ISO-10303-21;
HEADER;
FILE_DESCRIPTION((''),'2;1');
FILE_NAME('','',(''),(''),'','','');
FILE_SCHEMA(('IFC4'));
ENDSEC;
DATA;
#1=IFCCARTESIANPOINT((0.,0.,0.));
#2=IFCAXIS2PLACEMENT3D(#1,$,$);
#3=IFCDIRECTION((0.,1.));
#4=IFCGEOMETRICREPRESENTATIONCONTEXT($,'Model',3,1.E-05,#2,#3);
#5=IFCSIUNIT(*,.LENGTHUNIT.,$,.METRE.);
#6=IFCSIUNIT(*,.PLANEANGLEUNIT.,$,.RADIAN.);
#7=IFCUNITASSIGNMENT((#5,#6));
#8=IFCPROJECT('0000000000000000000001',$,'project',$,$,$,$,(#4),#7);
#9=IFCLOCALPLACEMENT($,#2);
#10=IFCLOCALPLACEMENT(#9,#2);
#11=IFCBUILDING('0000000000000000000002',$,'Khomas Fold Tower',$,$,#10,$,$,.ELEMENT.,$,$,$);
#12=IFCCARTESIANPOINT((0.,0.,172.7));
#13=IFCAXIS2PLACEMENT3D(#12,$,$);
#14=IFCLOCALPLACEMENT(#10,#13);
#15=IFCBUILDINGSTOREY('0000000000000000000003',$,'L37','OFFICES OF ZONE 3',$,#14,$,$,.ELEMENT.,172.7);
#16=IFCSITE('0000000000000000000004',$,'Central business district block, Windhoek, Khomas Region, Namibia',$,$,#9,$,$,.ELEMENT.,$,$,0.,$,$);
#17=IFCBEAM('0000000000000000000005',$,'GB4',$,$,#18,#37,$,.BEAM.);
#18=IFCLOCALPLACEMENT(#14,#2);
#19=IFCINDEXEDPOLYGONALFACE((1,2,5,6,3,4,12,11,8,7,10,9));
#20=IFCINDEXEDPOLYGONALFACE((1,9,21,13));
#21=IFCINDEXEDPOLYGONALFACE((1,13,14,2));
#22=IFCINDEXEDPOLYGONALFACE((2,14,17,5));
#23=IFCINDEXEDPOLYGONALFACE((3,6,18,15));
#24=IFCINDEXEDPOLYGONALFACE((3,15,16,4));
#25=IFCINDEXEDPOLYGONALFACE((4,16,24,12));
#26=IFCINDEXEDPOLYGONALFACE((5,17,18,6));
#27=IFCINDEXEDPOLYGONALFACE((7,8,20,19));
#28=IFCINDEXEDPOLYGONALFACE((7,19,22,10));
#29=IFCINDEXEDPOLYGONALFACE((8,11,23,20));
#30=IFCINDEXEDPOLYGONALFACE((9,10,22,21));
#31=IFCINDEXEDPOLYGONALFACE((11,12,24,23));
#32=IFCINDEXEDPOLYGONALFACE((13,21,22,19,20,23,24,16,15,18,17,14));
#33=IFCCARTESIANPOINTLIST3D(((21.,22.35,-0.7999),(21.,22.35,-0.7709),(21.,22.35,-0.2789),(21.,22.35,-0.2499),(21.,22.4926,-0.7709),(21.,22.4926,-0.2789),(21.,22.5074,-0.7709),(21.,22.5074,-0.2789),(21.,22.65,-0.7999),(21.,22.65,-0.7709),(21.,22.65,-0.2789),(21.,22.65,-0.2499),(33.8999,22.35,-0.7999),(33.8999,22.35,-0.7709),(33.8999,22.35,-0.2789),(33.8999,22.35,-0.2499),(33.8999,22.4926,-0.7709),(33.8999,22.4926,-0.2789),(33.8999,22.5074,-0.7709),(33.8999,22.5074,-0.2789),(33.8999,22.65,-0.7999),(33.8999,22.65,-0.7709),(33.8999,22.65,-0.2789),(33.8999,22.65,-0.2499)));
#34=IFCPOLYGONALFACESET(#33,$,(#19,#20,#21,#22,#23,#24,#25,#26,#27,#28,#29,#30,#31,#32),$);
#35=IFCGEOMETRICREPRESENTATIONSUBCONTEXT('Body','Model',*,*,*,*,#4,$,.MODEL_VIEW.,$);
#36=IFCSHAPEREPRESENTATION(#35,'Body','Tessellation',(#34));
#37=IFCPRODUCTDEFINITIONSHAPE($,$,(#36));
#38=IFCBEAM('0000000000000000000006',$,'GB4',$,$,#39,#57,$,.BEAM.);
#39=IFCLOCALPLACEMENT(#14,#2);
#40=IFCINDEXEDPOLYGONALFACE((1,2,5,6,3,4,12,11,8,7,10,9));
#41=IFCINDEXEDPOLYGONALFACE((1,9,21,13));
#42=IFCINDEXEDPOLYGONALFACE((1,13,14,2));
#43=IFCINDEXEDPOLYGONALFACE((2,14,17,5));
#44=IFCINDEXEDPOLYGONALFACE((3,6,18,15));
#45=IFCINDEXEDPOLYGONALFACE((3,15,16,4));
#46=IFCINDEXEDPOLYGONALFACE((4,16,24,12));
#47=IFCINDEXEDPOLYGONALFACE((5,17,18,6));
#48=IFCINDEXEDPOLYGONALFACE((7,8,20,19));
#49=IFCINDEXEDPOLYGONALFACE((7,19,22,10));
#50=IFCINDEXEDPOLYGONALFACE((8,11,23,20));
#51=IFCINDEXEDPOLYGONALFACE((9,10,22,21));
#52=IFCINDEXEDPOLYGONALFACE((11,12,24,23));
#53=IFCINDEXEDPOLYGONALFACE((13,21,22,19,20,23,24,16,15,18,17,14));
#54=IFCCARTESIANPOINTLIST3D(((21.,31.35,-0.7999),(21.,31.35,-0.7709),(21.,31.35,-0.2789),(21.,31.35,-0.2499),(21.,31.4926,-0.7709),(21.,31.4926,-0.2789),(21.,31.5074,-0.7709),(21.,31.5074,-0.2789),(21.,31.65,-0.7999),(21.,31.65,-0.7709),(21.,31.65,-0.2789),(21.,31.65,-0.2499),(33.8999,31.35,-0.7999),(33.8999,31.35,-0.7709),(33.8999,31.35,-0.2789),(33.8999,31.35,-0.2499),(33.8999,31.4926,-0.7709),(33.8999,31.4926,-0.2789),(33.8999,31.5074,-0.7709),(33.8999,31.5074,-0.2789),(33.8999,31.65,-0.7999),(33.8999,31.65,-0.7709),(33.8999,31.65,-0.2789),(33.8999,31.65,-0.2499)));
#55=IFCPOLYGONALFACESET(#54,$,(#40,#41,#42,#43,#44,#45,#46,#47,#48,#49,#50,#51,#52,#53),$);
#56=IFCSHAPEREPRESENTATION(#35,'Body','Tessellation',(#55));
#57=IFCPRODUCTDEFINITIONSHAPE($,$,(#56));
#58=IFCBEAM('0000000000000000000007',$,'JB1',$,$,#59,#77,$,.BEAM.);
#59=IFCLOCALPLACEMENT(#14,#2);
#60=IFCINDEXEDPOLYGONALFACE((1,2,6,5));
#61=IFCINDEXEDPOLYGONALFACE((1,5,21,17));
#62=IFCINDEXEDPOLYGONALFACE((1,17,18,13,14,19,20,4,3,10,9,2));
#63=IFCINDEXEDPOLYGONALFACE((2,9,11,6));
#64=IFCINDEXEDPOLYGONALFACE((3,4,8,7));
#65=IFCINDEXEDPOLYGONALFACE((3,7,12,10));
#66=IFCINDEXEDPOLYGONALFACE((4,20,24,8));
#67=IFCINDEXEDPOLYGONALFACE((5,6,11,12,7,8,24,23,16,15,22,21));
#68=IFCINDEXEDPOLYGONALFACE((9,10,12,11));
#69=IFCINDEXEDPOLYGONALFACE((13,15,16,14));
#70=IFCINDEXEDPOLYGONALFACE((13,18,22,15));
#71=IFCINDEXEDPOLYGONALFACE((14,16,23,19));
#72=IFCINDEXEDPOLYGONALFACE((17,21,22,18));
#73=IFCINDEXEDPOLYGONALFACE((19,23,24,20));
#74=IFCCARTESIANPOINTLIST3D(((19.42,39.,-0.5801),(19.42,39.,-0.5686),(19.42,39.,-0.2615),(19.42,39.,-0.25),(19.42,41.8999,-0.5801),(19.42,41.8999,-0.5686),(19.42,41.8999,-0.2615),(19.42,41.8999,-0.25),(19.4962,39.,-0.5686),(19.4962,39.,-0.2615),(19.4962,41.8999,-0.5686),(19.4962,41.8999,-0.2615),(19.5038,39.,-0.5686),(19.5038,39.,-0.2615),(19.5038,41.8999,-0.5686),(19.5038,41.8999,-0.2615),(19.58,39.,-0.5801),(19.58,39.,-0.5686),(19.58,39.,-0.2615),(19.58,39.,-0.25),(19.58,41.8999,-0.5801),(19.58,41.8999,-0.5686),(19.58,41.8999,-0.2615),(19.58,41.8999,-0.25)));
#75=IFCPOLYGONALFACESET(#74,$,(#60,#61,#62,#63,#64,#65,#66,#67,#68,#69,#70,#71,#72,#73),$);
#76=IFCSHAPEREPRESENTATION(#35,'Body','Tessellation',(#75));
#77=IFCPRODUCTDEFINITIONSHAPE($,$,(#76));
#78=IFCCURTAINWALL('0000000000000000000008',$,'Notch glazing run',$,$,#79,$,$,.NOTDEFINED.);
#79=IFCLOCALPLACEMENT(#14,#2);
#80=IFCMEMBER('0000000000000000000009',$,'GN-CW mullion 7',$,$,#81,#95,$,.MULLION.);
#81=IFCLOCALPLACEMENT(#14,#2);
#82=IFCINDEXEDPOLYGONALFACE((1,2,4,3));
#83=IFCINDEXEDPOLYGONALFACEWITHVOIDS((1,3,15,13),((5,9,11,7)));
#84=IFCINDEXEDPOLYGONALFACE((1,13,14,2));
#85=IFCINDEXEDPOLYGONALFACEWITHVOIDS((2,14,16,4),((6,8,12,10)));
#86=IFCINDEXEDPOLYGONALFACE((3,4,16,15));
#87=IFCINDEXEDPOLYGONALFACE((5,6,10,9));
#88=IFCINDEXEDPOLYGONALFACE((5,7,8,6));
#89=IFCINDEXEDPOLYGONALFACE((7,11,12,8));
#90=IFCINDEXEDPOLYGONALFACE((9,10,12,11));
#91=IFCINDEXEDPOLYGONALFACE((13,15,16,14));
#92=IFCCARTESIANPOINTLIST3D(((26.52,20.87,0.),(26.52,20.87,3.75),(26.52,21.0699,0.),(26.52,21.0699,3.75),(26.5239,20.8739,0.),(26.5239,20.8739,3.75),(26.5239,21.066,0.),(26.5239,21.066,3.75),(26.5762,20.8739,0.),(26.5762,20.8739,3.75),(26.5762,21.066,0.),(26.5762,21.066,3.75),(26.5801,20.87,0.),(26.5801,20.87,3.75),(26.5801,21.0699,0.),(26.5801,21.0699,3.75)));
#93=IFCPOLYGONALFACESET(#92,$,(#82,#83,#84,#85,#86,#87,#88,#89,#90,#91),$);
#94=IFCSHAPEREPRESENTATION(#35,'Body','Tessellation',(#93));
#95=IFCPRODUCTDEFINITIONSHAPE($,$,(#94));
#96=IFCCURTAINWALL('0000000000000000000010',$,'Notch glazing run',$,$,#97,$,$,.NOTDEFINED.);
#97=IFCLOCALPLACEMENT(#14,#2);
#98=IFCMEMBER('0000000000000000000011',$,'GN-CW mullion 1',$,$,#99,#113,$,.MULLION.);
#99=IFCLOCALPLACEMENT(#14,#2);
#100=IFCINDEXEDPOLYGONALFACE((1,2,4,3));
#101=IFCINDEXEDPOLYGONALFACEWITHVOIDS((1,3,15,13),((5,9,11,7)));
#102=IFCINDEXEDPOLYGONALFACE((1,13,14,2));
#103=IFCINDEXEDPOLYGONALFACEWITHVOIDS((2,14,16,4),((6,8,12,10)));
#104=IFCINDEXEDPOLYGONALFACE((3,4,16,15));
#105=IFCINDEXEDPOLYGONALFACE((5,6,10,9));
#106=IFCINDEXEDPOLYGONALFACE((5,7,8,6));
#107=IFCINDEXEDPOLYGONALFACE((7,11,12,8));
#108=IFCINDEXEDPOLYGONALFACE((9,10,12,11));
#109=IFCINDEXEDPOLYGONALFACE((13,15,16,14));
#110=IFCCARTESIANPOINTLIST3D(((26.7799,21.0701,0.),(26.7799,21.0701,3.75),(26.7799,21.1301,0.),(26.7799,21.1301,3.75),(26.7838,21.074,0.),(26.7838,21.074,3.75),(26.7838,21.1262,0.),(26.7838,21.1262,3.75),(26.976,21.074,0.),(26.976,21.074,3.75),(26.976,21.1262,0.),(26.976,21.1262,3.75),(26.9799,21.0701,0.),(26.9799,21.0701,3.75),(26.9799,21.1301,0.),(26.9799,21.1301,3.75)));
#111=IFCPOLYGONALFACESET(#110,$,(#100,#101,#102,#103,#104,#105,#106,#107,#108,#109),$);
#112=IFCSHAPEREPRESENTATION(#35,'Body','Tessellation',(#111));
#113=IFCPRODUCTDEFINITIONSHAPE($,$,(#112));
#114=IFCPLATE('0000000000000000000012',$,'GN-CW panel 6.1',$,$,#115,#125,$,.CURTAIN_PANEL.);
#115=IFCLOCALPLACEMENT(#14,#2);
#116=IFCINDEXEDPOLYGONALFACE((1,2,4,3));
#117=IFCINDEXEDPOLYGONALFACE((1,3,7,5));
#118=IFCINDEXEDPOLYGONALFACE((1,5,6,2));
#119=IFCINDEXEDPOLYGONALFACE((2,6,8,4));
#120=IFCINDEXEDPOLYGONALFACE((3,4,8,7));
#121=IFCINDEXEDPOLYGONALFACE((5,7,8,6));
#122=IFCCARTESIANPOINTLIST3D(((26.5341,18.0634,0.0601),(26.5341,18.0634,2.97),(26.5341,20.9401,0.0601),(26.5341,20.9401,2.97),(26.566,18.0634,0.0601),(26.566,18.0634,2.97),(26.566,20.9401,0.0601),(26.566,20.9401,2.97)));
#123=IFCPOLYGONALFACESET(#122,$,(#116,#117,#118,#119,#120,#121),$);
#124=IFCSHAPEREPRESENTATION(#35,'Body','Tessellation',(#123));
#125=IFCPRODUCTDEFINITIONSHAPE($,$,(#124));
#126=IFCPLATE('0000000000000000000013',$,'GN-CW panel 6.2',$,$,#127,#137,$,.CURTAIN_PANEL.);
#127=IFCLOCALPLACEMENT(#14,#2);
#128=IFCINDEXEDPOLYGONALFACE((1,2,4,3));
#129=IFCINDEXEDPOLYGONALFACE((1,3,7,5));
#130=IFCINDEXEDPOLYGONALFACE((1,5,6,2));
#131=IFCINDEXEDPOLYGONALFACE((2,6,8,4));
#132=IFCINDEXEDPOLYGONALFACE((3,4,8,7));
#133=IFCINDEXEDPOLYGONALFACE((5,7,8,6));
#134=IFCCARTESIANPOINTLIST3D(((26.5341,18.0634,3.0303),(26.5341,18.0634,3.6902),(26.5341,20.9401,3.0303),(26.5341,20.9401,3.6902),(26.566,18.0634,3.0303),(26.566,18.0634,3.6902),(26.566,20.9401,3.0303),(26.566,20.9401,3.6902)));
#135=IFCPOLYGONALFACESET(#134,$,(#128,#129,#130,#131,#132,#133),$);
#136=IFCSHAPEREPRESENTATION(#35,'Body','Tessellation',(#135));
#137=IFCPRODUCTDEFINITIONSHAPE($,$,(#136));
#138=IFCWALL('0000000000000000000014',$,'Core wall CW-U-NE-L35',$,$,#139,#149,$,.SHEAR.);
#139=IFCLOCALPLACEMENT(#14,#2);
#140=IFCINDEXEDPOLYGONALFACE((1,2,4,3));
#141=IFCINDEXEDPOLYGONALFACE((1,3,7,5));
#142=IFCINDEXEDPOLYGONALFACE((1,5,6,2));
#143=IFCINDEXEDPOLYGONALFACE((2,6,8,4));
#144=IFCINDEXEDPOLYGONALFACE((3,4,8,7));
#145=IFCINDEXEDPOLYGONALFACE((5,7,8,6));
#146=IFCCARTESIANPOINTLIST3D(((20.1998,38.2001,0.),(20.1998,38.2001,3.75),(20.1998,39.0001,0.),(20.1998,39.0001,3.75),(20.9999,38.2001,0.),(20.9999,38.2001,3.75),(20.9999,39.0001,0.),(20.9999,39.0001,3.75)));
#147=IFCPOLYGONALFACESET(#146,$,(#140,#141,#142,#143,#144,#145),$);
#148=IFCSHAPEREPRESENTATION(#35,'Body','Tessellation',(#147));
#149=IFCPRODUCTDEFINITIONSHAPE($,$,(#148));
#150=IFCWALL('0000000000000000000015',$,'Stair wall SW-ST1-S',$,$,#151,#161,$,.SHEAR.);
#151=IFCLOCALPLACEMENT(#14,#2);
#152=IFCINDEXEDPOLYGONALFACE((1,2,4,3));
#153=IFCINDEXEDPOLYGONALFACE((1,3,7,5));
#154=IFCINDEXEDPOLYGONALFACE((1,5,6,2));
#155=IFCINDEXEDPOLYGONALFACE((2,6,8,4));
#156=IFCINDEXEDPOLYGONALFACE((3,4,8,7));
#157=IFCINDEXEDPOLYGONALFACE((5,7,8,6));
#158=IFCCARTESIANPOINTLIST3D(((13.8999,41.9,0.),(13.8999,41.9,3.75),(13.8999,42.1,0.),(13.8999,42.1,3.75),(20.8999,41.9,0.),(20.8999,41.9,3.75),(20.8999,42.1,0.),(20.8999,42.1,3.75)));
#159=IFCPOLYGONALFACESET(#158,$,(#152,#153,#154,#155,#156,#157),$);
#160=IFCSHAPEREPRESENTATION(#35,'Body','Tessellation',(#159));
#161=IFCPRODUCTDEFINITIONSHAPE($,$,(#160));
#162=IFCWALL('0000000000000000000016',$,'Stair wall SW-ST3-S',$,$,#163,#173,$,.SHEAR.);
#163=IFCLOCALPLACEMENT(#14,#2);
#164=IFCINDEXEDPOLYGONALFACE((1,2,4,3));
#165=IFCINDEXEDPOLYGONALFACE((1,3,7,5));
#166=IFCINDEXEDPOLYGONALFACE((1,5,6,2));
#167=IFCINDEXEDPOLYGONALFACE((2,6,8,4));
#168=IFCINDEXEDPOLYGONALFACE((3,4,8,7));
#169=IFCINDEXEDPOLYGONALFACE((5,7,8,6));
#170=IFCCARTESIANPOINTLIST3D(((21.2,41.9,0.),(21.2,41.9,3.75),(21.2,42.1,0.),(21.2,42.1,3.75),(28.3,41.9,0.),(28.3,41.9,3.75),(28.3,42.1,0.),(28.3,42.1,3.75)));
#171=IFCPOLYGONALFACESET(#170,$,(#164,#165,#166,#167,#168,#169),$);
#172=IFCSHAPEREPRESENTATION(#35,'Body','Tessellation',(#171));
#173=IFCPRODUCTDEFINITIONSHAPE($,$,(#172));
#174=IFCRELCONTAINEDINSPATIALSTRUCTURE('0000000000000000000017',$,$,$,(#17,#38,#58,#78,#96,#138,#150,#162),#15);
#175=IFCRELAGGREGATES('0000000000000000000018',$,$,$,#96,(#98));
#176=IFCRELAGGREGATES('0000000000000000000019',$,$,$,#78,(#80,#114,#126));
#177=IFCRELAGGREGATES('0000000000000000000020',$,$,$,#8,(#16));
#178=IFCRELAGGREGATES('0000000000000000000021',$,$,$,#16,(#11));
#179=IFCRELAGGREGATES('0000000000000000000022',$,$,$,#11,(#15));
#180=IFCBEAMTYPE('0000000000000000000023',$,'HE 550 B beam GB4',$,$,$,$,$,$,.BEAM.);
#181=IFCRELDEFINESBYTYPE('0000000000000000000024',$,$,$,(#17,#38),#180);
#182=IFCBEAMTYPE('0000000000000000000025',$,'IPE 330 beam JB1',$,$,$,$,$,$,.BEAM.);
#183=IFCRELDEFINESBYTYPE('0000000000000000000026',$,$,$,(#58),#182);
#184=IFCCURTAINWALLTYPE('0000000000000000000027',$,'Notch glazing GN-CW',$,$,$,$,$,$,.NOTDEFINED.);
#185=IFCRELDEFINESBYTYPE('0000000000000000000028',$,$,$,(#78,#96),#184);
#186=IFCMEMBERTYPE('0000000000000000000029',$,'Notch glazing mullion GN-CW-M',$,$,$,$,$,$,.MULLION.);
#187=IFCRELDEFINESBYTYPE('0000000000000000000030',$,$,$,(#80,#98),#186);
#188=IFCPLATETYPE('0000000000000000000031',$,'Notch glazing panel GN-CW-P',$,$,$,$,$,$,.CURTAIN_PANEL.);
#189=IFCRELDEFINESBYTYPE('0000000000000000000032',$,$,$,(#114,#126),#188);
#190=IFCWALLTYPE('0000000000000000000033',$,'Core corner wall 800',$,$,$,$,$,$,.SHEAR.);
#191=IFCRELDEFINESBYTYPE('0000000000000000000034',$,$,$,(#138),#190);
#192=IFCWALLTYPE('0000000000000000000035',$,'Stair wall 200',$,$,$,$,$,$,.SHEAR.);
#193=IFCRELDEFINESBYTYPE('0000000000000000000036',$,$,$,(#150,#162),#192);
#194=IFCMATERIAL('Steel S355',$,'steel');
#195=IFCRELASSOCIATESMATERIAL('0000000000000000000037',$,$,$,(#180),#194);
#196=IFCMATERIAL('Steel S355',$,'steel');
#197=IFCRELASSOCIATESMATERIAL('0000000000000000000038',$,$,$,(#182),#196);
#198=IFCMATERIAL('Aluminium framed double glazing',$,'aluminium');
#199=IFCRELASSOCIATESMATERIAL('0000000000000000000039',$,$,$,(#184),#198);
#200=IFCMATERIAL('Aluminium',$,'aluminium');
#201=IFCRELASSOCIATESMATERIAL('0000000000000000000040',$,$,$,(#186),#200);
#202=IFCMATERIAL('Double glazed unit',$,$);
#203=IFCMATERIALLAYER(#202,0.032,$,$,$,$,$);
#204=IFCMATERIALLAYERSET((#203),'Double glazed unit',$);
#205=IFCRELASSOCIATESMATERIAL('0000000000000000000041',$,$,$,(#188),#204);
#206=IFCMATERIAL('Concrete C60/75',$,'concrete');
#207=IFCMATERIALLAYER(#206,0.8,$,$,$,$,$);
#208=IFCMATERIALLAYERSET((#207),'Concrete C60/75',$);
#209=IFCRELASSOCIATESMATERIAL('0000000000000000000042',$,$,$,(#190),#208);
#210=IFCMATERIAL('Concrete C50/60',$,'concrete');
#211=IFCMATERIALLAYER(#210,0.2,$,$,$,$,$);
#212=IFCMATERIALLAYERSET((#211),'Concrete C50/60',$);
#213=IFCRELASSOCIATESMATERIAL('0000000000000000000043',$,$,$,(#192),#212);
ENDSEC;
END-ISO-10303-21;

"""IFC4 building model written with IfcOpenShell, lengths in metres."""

from ifc_helpers import new_model, si_unit, direction, frame, frame_2d, origin, origin_2d, place, context, subcontext, project, spatial, rectangle, hollow_rectangle, i_section, extrude, source, transform, mapped, material, layer, layer_set, material_profile, profile_set, type_object, element, aggregate, save


model = new_model("IFC4")

# Units and contexts
model_context = context("Model", 3, precision=1e-05, world=origin(), true_north=direction((0.0, 1.0)))
body_context = subcontext(model_context, "Body", "Model", "MODEL_VIEW")
ifc_project = project(units=[si_unit("LENGTHUNIT", "METRE"), si_unit("PLANEANGLEUNIT", "RADIAN")], contexts=[model_context])

# Site, building, storey
site_placement = place(None, origin())
site = spatial("IfcSite", under=ifc_project, at=site_placement, Name="Central business district block, Windhoek, Khomas Region, Namibia", CompositionType="ELEMENT", RefElevation=0.0)
building_placement = place(site_placement, origin())
building = spatial("IfcBuilding", under=site, at=building_placement, Name="Khomas Fold Tower", CompositionType="ELEMENT")
storey_placement = place(building_placement, frame((0.0, 0.0, 172.7)))
storey = spatial("IfcBuildingStorey", under=building, at=storey_placement, Name="L37", Description="OFFICES OF ZONE 3", CompositionType="ELEMENT", Elevation=172.7)

# Beams
ifc_material_1 = material(Name="Steel S355", Category="steel")
ifc_material_profile_1 = material_profile(ifc_material_1, i_section(OverallWidth=0.3, OverallDepth=0.55, WebThickness=0.0149, FlangeThickness=0.0291, at=origin_2d()), Name="HE 550 B")
ifc_profile_set_1 = profile_set([ifc_material_profile_1], Name="Steel S355")
beam_type_1 = type_object("IfcBeamType", Name="HE 550 B beam GB4", PredefinedType="BEAM", material=ifc_profile_set_1)
shared_shape_1 = source(origin(), body_context, "Body", "SweptSolid", [
    extrude(i_section(OverallWidth=0.3, OverallDepth=0.55, WebThickness=0.0149, FlangeThickness=0.0291, at=origin_2d()), origin(), (0.0, 0.0, 1.0), 12.8999),
])
for number, where, z_axis, x_axis, name in (
    (1, (21.0, 22.5, -0.5249), (1.0, 0.0, 0.0), (0.0, 1.0, 0.0), "GB4"),
    (2, (21.0, 31.5, -0.5249), (1.0, 0.0, 0.0), (0.0, 1.0, 0.0), "GB4"),
):
    element("IfcBeam", number, at=place(storey_placement, frame(where, z_axis=z_axis, x_axis=x_axis)), inside=storey, type_object=beam_type_1, Name=name, PredefinedType="BEAM", context=body_context, shape_type="MappedRepresentation", body=[
        mapped(shared_shape_1, transform((0.0, 0.0, 0.0))),
    ])
ifc_material_2 = material(Name="Steel S355", Category="steel")
ifc_material_profile_2 = material_profile(ifc_material_2, i_section(OverallWidth=0.1599, OverallDepth=0.3301, WebThickness=0.0076, FlangeThickness=0.0115, at=origin_2d()), Name="IPE 330")
ifc_profile_set_2 = profile_set([ifc_material_profile_2], Name="Steel S355")
beam_type_2 = type_object("IfcBeamType", Name="IPE 330 beam JB1", PredefinedType="BEAM", material=ifc_profile_set_2)
shared_shape_2 = source(origin(), body_context, "Body", "SweptSolid", [
    extrude(i_section(OverallWidth=0.1599, OverallDepth=0.3301, WebThickness=0.0076, FlangeThickness=0.0115, at=origin_2d()), origin(), (0.0, 0.0, 1.0), 2.8999),
])
beam_placement = place(storey_placement, frame((19.5, 39.0, -0.415), z_axis=(0.0, 1.0, 0.0), x_axis=(-1.0, 0.0, 0.0)))
element("IfcBeam", 3, at=beam_placement, inside=storey, type_object=beam_type_2, Name="JB1", PredefinedType="BEAM", context=body_context, shape_type="MappedRepresentation", body=[
    mapped(shared_shape_2, transform((0.0, 0.0, 0.0))),
])

# Curtain walls, members
ifc_material_3 = material(Name="Aluminium framed double glazing", Category="aluminium")
curtain_wall_type = type_object("IfcCurtainWallType", Name="Notch glazing GN-CW", PredefinedType="NOTDEFINED", material=ifc_material_3)
curtain_wall_1_placement = place(storey_placement, origin())
curtain_wall_1 = element("IfcCurtainWall", 4, at=curtain_wall_1_placement, inside=storey, type_object=curtain_wall_type, Name="Notch glazing run", PredefinedType="NOTDEFINED")
ifc_material_4 = material(Name="Aluminium", Category="aluminium")
ifc_material_profile_3 = material_profile(ifc_material_4, hollow_rectangle(XDim=0.0601, YDim=0.2, WallThickness=0.0039, at=origin_2d()), Name="Notch glazing mullion GN-CW-M")
ifc_profile_set_3 = profile_set([ifc_material_profile_3], Name="Aluminium")
member_type = type_object("IfcMemberType", Name="Notch glazing mullion GN-CW-M", PredefinedType="MULLION", material=ifc_profile_set_3)
shared_shape_3 = source(origin(), body_context, "Body", "SweptSolid", [
    extrude(hollow_rectangle(XDim=0.0601, YDim=0.2, WallThickness=0.0039, at=origin_2d()), origin(), (0.0, 0.0, 1.0), 3.75),
])
member_1_placement = place(storey_placement, frame((26.55, 20.97, 0.0), z_axis=(0.0, 0.0, 1.0), x_axis=(-1.0, 0.0, 0.0)))
member_1 = element("IfcMember", 5, at=member_1_placement, type_object=member_type, Name="GN-CW mullion 7", PredefinedType="MULLION", context=body_context, shape_type="MappedRepresentation", body=[
    mapped(shared_shape_3, transform((0.0, 0.0, 0.0))),
])
curtain_wall_2_placement = place(storey_placement, origin())
curtain_wall_2 = element("IfcCurtainWall", 6, at=curtain_wall_2_placement, inside=storey, type_object=curtain_wall_type, Name="Notch glazing run", PredefinedType="NOTDEFINED")
member_2_placement = place(storey_placement, frame((26.8799, 21.1001, 0.0), z_axis=(0.0, 0.0, 1.0), x_axis=(0.0, 1.0, 0.0)))
member_2 = element("IfcMember", 7, at=member_2_placement, type_object=member_type, Name="GN-CW mullion 1", PredefinedType="MULLION", context=body_context, shape_type="MappedRepresentation", body=[
    mapped(shared_shape_3, transform((0.0, 0.0, 0.0))),
])
aggregate(curtain_wall_2, [member_2])

# Plates
ifc_material_5 = material(Name="Double glazed unit")
ifc_layer_1 = layer(ifc_material_5, 0.032)
ifc_layer_set_1 = layer_set([ifc_layer_1], Name="Double glazed unit")
plate_type = type_object("IfcPlateType", Name="Notch glazing panel GN-CW-P", PredefinedType="CURTAIN_PANEL", material=ifc_layer_set_1)
shared_shape_4 = source(origin(), body_context, "Body", "SweptSolid", [
    extrude(rectangle(XDim=2.8767, YDim=0.032, at=origin_2d()), origin(), (0.0, 0.0, 1.0), 2.9099),
])
plate_1_placement = place(storey_placement, frame((26.55, 19.5017, 0.0601), z_axis=(0.0, 0.0, 1.0), x_axis=(0.0, 1.0, 0.0)))
plate_1 = element("IfcPlate", 8, at=plate_1_placement, type_object=plate_type, Name="GN-CW panel 6.1", PredefinedType="CURTAIN_PANEL", context=body_context, shape_type="MappedRepresentation", body=[
    mapped(shared_shape_4, transform((0.0, 0.0, 0.0))),
])
shared_shape_5 = source(origin(), body_context, "Body", "SweptSolid", [
    extrude(rectangle(XDim=2.8767, YDim=0.032, at=origin_2d()), origin(), (0.0, 0.0, 1.0), 0.6599),
])
plate_2_placement = place(storey_placement, frame((26.55, 19.5017, 3.0303), z_axis=(0.0, 0.0, 1.0), x_axis=(0.0, 1.0, 0.0)))
plate_2 = element("IfcPlate", 9, at=plate_2_placement, type_object=plate_type, Name="GN-CW panel 6.2", PredefinedType="CURTAIN_PANEL", context=body_context, shape_type="MappedRepresentation", body=[
    mapped(shared_shape_5, transform((0.0, 0.0, 0.0))),
])
aggregate(curtain_wall_1, [member_1, plate_1, plate_2])

# Walls
ifc_material_6 = material(Name="Concrete C60/75", Category="concrete")
ifc_layer_2 = layer(ifc_material_6, 0.8)
ifc_layer_set_2 = layer_set([ifc_layer_2], Name="Concrete C60/75")
wall_type_1 = type_object("IfcWallType", Name="Core corner wall 800", PredefinedType="SHEAR", material=ifc_layer_set_2)
shared_shape_6 = source(origin(), body_context, "Body", "SweptSolid", [
    extrude(rectangle(XDim=0.8, YDim=0.8, at=frame_2d((0.3999, 0.0))), origin(), (0.0, 0.0, 1.0), 3.75),
])
wall_1_placement = place(storey_placement, frame((20.2, 38.6001, 0.0), z_axis=(0.0, 0.0, 1.0), x_axis=(1.0, 0.0, 0.0)))
element("IfcWall", 10, at=wall_1_placement, inside=storey, type_object=wall_type_1, Name="Core wall CW-U-NE-L35", PredefinedType="SHEAR", context=body_context, shape_type="MappedRepresentation", body=[
    mapped(shared_shape_6, transform((0.0, 0.0, 0.0))),
])
ifc_material_7 = material(Name="Concrete C50/60", Category="concrete")
ifc_layer_3 = layer(ifc_material_7, 0.2)
ifc_layer_set_3 = layer_set([ifc_layer_3], Name="Concrete C50/60")
wall_type_2 = type_object("IfcWallType", Name="Stair wall 200", PredefinedType="SHEAR", material=ifc_layer_set_3)
shared_shape_7 = source(origin(), body_context, "Body", "SweptSolid", [
    extrude(rectangle(XDim=7.0, YDim=0.2, at=frame_2d((3.5, 0.0))), origin(), (0.0, 0.0, 1.0), 3.75),
])
wall_2_placement = place(storey_placement, frame((13.8999, 42.0, 0.0), z_axis=(0.0, 0.0, 1.0), x_axis=(1.0, 0.0, 0.0)))
element("IfcWall", 11, at=wall_2_placement, inside=storey, type_object=wall_type_2, Name="Stair wall SW-ST1-S", PredefinedType="SHEAR", context=body_context, shape_type="MappedRepresentation", body=[
    mapped(shared_shape_7, transform((0.0, 0.0, 0.0))),
])
shared_shape_8 = source(origin(), body_context, "Body", "SweptSolid", [
    extrude(rectangle(XDim=7.1001, YDim=0.2, at=frame_2d((3.55, 0.0))), origin(), (0.0, 0.0, 1.0), 3.75),
])
wall_3_placement = place(storey_placement, frame((21.2, 42.0, 0.0), z_axis=(0.0, 0.0, 1.0), x_axis=(1.0, 0.0, 0.0)))
element("IfcWall", 12, at=wall_3_placement, inside=storey, type_object=wall_type_2, Name="Stair wall SW-ST3-S", PredefinedType="SHEAR", context=body_context, shape_type="MappedRepresentation", body=[
    mapped(shared_shape_8, transform((0.0, 0.0, 0.0))),
])

save(model, "model.ifc")
